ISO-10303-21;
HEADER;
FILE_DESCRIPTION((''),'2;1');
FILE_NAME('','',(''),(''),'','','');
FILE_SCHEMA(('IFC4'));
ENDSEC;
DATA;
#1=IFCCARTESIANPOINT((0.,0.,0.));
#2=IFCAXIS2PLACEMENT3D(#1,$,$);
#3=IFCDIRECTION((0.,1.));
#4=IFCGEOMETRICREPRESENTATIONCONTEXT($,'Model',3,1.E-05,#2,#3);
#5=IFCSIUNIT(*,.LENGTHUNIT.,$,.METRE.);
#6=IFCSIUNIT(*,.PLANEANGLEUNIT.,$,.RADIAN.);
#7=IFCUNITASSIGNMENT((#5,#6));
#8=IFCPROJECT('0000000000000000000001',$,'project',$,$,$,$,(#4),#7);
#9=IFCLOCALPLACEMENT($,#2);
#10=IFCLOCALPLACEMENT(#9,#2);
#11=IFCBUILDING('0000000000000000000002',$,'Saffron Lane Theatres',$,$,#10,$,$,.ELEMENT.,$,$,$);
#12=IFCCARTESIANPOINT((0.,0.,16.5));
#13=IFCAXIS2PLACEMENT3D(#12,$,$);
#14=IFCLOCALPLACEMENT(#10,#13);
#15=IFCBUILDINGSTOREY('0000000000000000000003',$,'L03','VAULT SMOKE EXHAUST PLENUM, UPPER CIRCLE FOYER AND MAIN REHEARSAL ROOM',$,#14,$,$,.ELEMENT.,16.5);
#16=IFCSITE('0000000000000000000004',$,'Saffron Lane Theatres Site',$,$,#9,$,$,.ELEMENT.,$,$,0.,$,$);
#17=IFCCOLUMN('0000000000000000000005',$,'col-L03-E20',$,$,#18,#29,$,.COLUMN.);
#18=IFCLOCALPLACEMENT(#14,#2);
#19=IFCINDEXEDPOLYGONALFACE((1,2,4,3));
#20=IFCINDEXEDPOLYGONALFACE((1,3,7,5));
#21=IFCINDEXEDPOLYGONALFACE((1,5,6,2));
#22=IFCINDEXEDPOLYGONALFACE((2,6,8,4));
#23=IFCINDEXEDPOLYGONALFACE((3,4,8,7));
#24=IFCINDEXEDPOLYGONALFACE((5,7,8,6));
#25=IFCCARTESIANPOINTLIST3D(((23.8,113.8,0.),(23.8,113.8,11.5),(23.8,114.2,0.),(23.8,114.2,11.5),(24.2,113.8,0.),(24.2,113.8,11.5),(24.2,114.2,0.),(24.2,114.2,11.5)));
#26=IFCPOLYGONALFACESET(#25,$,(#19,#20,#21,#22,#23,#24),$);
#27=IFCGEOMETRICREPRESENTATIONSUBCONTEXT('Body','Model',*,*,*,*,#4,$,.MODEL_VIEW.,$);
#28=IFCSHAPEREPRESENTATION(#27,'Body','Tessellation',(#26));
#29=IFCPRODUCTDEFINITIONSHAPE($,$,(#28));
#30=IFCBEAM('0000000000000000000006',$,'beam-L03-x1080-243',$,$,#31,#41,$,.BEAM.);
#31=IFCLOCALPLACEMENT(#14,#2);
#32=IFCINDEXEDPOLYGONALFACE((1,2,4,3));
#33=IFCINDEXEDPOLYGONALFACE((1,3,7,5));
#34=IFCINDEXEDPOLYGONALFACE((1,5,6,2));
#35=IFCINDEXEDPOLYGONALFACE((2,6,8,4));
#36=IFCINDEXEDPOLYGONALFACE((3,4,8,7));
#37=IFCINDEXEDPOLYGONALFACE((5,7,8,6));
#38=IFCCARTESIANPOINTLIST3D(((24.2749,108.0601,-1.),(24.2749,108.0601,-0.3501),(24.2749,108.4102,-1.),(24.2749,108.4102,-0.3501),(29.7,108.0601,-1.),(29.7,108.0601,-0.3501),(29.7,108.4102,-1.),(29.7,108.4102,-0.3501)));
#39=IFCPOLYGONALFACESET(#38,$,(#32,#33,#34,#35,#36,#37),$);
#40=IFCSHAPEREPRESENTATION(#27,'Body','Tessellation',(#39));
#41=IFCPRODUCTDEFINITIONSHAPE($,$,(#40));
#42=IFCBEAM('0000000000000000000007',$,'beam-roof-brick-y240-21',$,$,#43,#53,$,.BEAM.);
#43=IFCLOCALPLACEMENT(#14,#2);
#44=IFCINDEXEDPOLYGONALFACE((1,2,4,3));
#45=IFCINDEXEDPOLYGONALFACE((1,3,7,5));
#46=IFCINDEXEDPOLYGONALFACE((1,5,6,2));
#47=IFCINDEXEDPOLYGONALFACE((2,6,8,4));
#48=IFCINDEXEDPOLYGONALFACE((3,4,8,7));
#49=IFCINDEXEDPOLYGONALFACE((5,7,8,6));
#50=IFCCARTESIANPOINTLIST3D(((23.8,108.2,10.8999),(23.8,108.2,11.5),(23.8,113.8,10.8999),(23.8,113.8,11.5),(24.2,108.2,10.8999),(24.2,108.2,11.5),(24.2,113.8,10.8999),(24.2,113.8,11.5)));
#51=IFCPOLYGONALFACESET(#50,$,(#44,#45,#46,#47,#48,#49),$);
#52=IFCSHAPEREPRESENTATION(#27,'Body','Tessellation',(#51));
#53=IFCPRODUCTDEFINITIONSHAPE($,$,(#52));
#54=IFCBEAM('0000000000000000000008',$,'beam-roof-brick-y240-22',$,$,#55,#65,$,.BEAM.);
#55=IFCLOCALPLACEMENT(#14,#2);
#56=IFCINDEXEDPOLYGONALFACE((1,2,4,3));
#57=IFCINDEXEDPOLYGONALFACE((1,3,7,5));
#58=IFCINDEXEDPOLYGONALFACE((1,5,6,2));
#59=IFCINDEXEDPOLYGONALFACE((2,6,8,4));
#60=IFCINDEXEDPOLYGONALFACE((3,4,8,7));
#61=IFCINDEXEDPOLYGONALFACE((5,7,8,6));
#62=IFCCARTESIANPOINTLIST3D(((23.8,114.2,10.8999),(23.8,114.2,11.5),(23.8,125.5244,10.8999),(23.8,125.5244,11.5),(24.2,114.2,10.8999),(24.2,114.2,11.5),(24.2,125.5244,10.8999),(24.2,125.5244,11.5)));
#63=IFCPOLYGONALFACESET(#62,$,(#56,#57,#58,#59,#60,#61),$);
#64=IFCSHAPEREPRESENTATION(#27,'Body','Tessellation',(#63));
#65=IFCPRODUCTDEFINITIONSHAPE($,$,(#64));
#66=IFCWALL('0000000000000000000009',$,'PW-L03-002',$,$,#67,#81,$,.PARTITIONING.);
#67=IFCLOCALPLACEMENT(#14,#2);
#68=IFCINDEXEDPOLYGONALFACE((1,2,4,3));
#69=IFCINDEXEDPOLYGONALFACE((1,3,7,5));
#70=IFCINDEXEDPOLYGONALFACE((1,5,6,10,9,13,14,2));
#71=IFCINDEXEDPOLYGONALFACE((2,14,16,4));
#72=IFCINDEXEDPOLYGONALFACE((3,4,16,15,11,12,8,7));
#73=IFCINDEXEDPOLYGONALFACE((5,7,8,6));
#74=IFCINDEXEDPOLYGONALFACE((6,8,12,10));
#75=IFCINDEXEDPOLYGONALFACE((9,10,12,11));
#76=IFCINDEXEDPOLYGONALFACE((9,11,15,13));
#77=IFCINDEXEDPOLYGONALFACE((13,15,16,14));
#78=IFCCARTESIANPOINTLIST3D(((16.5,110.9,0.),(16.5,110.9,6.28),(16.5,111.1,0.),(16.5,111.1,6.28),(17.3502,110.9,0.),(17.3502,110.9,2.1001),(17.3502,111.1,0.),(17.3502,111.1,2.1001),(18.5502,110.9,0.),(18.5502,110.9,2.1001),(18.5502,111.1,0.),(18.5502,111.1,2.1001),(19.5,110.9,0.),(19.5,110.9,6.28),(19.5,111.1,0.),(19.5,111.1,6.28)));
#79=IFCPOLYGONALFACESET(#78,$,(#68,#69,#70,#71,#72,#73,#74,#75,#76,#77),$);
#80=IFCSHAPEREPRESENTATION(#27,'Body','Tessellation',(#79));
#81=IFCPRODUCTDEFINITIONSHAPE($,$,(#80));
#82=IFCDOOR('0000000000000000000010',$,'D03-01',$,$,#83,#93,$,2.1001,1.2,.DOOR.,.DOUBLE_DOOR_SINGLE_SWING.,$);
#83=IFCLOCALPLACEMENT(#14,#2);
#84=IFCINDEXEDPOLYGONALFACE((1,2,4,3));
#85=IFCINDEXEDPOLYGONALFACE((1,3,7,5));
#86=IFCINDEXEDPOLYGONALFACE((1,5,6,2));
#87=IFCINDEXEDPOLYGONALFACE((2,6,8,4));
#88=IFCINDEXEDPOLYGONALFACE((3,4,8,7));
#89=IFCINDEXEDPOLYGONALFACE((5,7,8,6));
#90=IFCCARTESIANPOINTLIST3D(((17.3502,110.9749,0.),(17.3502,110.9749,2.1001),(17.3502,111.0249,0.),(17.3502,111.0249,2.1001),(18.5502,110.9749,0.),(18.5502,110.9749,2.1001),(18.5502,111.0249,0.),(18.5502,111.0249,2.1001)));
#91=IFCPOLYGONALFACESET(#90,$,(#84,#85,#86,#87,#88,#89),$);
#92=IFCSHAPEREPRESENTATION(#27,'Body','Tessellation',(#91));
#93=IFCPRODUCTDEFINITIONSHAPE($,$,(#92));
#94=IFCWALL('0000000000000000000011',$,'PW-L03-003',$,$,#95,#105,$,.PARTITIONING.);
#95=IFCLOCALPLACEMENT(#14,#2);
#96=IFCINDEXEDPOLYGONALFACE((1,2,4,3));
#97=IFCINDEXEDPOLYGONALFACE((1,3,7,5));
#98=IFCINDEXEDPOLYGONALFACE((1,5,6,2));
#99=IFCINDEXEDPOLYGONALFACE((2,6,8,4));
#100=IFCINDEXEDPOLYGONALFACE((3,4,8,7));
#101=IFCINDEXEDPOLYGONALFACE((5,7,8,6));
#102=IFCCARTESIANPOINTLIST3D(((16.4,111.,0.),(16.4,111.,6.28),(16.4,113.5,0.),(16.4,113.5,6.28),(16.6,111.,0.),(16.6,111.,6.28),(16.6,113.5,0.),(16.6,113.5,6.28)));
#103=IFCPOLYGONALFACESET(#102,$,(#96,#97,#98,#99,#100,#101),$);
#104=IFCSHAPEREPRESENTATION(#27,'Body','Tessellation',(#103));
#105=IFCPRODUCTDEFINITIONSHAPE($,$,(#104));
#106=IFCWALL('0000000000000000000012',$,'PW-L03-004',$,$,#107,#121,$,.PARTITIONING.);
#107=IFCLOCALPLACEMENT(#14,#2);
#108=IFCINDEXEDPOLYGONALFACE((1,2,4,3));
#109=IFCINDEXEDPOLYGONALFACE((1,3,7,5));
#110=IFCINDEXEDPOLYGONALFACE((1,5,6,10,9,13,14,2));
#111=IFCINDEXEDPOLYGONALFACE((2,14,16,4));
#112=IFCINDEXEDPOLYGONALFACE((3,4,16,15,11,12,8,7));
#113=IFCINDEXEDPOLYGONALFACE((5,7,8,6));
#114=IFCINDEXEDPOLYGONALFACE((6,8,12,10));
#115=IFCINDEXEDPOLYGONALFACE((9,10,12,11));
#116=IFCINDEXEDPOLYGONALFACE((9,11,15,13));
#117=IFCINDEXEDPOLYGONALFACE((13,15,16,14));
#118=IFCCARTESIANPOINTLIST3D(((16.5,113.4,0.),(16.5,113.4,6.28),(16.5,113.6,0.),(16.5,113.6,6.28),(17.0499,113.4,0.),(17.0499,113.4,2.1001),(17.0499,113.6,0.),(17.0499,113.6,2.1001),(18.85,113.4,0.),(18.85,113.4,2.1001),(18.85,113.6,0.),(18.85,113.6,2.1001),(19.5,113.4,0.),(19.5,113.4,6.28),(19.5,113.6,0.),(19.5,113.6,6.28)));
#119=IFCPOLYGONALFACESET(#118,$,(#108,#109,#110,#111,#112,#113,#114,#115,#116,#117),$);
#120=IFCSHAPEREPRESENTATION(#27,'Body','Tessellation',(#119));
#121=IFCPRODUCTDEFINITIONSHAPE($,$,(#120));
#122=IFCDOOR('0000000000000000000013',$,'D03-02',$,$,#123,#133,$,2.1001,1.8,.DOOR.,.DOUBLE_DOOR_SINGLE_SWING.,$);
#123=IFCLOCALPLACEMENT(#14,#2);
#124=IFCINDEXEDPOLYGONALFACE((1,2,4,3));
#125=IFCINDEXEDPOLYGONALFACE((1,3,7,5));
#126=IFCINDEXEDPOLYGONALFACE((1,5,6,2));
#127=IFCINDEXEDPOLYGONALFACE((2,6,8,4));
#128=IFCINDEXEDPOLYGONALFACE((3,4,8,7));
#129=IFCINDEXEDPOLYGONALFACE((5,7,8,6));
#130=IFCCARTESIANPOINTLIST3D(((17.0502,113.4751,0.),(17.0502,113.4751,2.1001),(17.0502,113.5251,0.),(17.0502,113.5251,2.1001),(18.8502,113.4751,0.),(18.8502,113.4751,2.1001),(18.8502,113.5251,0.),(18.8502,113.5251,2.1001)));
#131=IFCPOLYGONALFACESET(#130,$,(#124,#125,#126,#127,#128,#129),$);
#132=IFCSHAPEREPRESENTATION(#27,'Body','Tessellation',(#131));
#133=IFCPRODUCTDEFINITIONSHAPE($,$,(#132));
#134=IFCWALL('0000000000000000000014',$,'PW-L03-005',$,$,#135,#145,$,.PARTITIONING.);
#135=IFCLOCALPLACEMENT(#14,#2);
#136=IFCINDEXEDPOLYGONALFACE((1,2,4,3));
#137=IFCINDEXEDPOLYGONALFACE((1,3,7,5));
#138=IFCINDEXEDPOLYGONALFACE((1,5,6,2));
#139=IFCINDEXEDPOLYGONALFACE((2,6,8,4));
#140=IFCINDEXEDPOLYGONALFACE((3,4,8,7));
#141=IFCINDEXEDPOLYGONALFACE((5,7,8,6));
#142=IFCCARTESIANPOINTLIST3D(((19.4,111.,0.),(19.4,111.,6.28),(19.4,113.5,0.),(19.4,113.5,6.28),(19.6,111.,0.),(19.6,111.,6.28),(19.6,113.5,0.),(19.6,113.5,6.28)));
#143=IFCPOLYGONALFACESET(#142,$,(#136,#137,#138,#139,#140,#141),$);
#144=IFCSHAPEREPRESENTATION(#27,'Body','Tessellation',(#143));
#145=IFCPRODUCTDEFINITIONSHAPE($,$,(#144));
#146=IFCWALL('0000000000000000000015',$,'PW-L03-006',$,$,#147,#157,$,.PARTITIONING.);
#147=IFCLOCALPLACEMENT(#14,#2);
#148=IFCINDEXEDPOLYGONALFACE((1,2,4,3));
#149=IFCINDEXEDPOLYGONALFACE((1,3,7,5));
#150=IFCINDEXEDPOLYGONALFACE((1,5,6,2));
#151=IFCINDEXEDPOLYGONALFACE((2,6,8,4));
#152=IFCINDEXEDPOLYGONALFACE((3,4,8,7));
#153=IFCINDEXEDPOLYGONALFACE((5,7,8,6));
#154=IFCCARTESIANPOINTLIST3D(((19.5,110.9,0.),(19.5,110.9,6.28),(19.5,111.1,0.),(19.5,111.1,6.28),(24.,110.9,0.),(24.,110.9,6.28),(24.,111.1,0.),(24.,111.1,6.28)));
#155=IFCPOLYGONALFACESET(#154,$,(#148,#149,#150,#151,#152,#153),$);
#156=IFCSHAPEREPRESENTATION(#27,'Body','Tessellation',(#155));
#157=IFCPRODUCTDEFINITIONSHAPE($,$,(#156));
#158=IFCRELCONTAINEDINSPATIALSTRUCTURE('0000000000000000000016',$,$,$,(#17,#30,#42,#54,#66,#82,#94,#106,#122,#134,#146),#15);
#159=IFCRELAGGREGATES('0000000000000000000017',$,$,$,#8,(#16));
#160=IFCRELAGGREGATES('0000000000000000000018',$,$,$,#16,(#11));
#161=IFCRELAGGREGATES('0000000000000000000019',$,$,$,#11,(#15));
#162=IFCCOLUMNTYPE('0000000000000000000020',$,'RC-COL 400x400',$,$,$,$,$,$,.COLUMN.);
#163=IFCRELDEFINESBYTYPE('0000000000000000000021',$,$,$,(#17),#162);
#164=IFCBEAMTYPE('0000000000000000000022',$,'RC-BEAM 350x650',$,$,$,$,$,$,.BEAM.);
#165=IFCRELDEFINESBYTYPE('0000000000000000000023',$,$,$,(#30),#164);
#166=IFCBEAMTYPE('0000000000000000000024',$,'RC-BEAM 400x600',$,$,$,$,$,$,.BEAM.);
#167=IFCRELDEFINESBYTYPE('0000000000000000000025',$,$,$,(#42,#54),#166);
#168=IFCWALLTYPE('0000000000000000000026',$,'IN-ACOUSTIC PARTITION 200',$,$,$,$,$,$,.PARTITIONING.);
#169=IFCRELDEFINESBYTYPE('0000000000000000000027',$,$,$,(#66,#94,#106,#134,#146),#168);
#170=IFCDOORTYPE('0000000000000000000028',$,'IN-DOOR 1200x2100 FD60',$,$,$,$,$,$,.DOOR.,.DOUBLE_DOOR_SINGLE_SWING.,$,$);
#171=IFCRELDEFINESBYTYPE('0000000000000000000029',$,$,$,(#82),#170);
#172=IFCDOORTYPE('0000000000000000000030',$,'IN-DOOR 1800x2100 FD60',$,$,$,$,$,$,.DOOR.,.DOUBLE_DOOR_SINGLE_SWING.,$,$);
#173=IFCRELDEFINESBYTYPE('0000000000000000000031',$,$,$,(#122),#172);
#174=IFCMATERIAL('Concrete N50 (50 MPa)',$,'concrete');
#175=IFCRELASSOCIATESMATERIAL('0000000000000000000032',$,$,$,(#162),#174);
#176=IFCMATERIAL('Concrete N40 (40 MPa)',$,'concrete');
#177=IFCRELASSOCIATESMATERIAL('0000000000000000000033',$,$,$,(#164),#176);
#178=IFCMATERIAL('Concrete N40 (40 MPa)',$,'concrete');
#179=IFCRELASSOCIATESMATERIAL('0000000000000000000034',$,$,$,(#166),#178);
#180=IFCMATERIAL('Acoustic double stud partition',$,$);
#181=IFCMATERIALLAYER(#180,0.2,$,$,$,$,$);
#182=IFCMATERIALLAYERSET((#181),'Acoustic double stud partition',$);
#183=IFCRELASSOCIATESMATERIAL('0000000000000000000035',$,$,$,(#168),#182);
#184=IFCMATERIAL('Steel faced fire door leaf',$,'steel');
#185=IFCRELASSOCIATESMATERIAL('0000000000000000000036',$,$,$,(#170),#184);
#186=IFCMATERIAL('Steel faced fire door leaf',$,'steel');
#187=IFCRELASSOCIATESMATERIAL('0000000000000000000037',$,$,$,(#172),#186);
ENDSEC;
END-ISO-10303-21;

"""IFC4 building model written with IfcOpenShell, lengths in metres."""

from ifc_helpers import new_model, si_unit, direction, frame, frame_2d, origin, origin_2d, place, context, subcontext, project, spatial, rectangle, extrude, material, layer, layer_set, material_profile, profile_set, type_object, element, fill, save


model = new_model("IFC4")

# Units and contexts
model_context = context("Model", 3, precision=1e-05, world=origin(), true_north=direction((0.0, 1.0)))
body_context = subcontext(model_context, "Body", "Model", "MODEL_VIEW")
ifc_project = project(units=[si_unit("LENGTHUNIT", "METRE"), si_unit("PLANEANGLEUNIT", "RADIAN")], contexts=[model_context])

# Site, building, storey
site_placement = place(None, origin())
site = spatial("IfcSite", under=ifc_project, at=site_placement, Name="Saffron Lane Theatres Site", CompositionType="ELEMENT", RefElevation=0.0)
building_placement = place(site_placement, origin())
building = spatial("IfcBuilding", under=site, at=building_placement, Name="Saffron Lane Theatres", CompositionType="ELEMENT")
storey_placement = place(building_placement, frame((0.0, 0.0, 16.5)))
storey = spatial("IfcBuildingStorey", under=building, at=storey_placement, Name="L03", Description="VAULT SMOKE EXHAUST PLENUM, UPPER CIRCLE FOYER AND MAIN REHEARSAL ROOM", CompositionType="ELEMENT", Elevation=16.5)

# Column
ifc_material_1 = material(Name="Concrete N50 (50 MPa)", Category="concrete")
ifc_material_profile_1 = material_profile(ifc_material_1, rectangle(XDim=0.3999, YDim=0.3999, at=origin_2d()))
ifc_profile_set_1 = profile_set([ifc_material_profile_1], Name="Concrete N50 (50 MPa)")
column_type = type_object("IfcColumnType", Name="RC-COL 400x400", PredefinedType="COLUMN", material=ifc_profile_set_1)
column_placement = place(storey_placement, frame((24.0, 114.0, 0.0), z_axis=(0.0, 0.0, 1.0), x_axis=(1.0, 0.0, 0.0)))
element("IfcColumn", 1, at=column_placement, inside=storey, type_object=column_type, Name="col-L03-E20", PredefinedType="COLUMN", context=body_context, shape_type="SweptSolid", body=[
    extrude(rectangle(XDim=0.3999, YDim=0.3999, at=origin_2d()), origin(), (0.0, 0.0, 1.0), 11.5),
])

# Beams
ifc_material_2 = material(Name="Concrete N40 (40 MPa)", Category="concrete")
ifc_material_profile_2 = material_profile(ifc_material_2, rectangle(XDim=0.3501, YDim=0.6499, at=origin_2d()))
ifc_profile_set_2 = profile_set([ifc_material_profile_2], Name="Concrete N40 (40 MPa)")
beam_type_1 = type_object("IfcBeamType", Name="RC-BEAM 350x650", PredefinedType="BEAM", material=ifc_profile_set_2)
beam_1_placement = place(storey_placement, frame((24.2749, 108.2351, -0.675), z_axis=(1.0, 0.0, 0.0), x_axis=(0.0, 1.0, 0.0)))
element("IfcBeam", 2, at=beam_1_placement, inside=storey, type_object=beam_type_1, Name="beam-L03-x1080-243", PredefinedType="BEAM", context=body_context, shape_type="SweptSolid", body=[
    extrude(rectangle(XDim=0.3501, YDim=0.6499, at=origin_2d()), origin(), (0.0, 0.0, 1.0), 5.425),
])
ifc_material_3 = material(Name="Concrete N40 (40 MPa)", Category="concrete")
ifc_material_profile_3 = material_profile(ifc_material_3, rectangle(XDim=0.3999, YDim=0.6001, at=origin_2d()))
ifc_profile_set_3 = profile_set([ifc_material_profile_3], Name="Concrete N40 (40 MPa)")
beam_type_2 = type_object("IfcBeamType", Name="RC-BEAM 400x600", PredefinedType="BEAM", material=ifc_profile_set_3)
beam_2_placement = place(storey_placement, frame((24.0, 108.2, 11.2), z_axis=(0.0, 1.0, 0.0), x_axis=(-1.0, 0.0, 0.0)))
element("IfcBeam", 3, at=beam_2_placement, inside=storey, type_object=beam_type_2, Name="beam-roof-brick-y240-21", PredefinedType="BEAM", context=body_context, shape_type="SweptSolid", body=[
    extrude(rectangle(XDim=0.3999, YDim=0.6001, at=origin_2d()), origin(), (0.0, 0.0, 1.0), 5.6001),
])
beam_3_placement = place(storey_placement, frame((24.0, 114.2, 11.2), z_axis=(0.0, 1.0, 0.0), x_axis=(-1.0, 0.0, 0.0)))
element("IfcBeam", 4, at=beam_3_placement, inside=storey, type_object=beam_type_2, Name="beam-roof-brick-y240-22", PredefinedType="BEAM", context=body_context, shape_type="SweptSolid", body=[
    extrude(rectangle(XDim=0.3999, YDim=0.6001, at=origin_2d()), origin(), (0.0, 0.0, 1.0), 11.3245),
])

# Wall, opening, door
ifc_material_4 = material(Name="Acoustic double stud partition")
ifc_layer_1 = layer(ifc_material_4, 0.2)
ifc_layer_set_1 = layer_set([ifc_layer_1], Name="Acoustic double stud partition")
wall_type_1 = type_object("IfcWallType", Name="IN-ACOUSTIC PARTITION 200", PredefinedType="PARTITIONING", material=ifc_layer_set_1)
wall_1_placement = place(storey_placement, frame((16.5, 111.0, 0.0), z_axis=(0.0, 0.0, 1.0), x_axis=(1.0, 0.0, 0.0)))
wall_1 = element("IfcWall", 5, at=wall_1_placement, inside=storey, type_object=wall_type_1, Name="PW-L03-002", PredefinedType="PARTITIONING", context=body_context, shape_type="SweptSolid", body=[
    extrude(rectangle(XDim=3.0, YDim=0.2, at=frame_2d((1.5, 0.0))), origin(), (0.0, 0.0, 1.0), 6.28),
])
opening_1_placement = place(wall_1_placement, frame((0.8501, 0.0, 0.0)))
opening_1 = element("IfcOpeningElement", 6, at=opening_1_placement, cuts=wall_1, PredefinedType="OPENING", context=body_context, shape_type="SweptSolid", body=[
    extrude(rectangle(XDim=1.2, YDim=2.1001, at=frame_2d((0.6001, 1.05))), frame((0.0, 0.1099, 0.0), z_axis=(0.0, -1.0, 0.0), x_axis=(1.0, 0.0, 0.0)), (0.0, 0.0, 1.0), 0.22),
])
ifc_material_5 = material(Name="Steel faced fire door leaf", Category="steel")
door_type_1 = type_object("IfcDoorType", Name="IN-DOOR 1200x2100 FD60", OperationType="DOUBLE_DOOR_SINGLE_SWING", PredefinedType="DOOR", material=ifc_material_5)
door_1_placement = place(opening_1_placement, origin())
door_1 = element("IfcDoor", 7, at=door_1_placement, inside=storey, type_object=door_type_1, Name="D03-01", OperationType="DOUBLE_DOOR_SINGLE_SWING", OverallHeight=2.1001, OverallWidth=1.2, PredefinedType="DOOR", context=body_context, shape_type="SweptSolid", body=[
    extrude(rectangle(XDim=1.2, YDim=2.1001, at=frame_2d((0.6001, 1.05))), frame((0.0, 0.0249, 0.0), z_axis=(0.0, -1.0, 0.0), x_axis=(1.0, 0.0, 0.0)), (0.0, 0.0, 1.0), 0.05),
])
fill(opening_1, door_1)

# Wall
wall_2_placement = place(storey_placement, frame((16.5, 111.0, 0.0), z_axis=(0.0, 0.0, 1.0), x_axis=(0.0, 1.0, 0.0)))
element("IfcWall", 8, at=wall_2_placement, inside=storey, type_object=wall_type_1, Name="PW-L03-003", PredefinedType="PARTITIONING", context=body_context, shape_type="SweptSolid", body=[
    extrude(rectangle(XDim=2.5, YDim=0.2, at=frame_2d((1.25, 0.0))), origin(), (0.0, 0.0, 1.0), 6.28),
])

# Wall, opening, door
wall_3_placement = place(storey_placement, frame((16.5, 113.5, 0.0), z_axis=(0.0, 0.0, 1.0), x_axis=(1.0, 0.0, 0.0)))
wall_3 = element("IfcWall", 9, at=wall_3_placement, inside=storey, type_object=wall_type_1, Name="PW-L03-004", PredefinedType="PARTITIONING", context=body_context, shape_type="SweptSolid", body=[
    extrude(rectangle(XDim=3.0, YDim=0.2, at=frame_2d((1.5, 0.0))), origin(), (0.0, 0.0, 1.0), 6.28),
])
opening_2_placement = place(wall_3_placement, frame((0.55, 0.0, 0.0)))
opening_2 = element("IfcOpeningElement", 10, at=opening_2_placement, cuts=wall_3, PredefinedType="OPENING", context=body_context, shape_type="SweptSolid", body=[
    extrude(rectangle(XDim=1.8, YDim=2.1001, at=frame_2d((0.8999, 1.05))), frame((0.0, 0.1099, 0.0), z_axis=(0.0, -1.0, 0.0), x_axis=(1.0, 0.0, 0.0)), (0.0, 0.0, 1.0), 0.22),
])
ifc_material_6 = material(Name="Steel faced fire door leaf", Category="steel")
door_type_2 = type_object("IfcDoorType", Name="IN-DOOR 1800x2100 FD60", OperationType="DOUBLE_DOOR_SINGLE_SWING", PredefinedType="DOOR", material=ifc_material_6)
door_2_placement = place(opening_2_placement, frame((1.8, 0.0, 0.0), z_axis=(0.0, 0.0, 1.0), x_axis=(-1.0, 0.0, 0.0)))
door_2 = element("IfcDoor", 11, at=door_2_placement, inside=storey, type_object=door_type_2, Name="D03-02", OperationType="DOUBLE_DOOR_SINGLE_SWING", OverallHeight=2.1001, OverallWidth=1.8, PredefinedType="DOOR", context=body_context, shape_type="SweptSolid", body=[
    extrude(rectangle(XDim=1.8, YDim=2.1001, at=frame_2d((0.8999, 1.05))), frame((0.0, 0.0249, 0.0), z_axis=(0.0, -1.0, 0.0), x_axis=(1.0, 0.0, 0.0)), (0.0, 0.0, 1.0), 0.05),
])
fill(opening_2, door_2)

# Walls
wall_4_placement = place(storey_placement, frame((19.5, 111.0, 0.0), z_axis=(0.0, 0.0, 1.0), x_axis=(0.0, 1.0, 0.0)))
element("IfcWall", 12, at=wall_4_placement, inside=storey, type_object=wall_type_1, Name="PW-L03-005", PredefinedType="PARTITIONING", context=body_context, shape_type="SweptSolid", body=[
    extrude(rectangle(XDim=2.5, YDim=0.2, at=frame_2d((1.25, 0.0))), origin(), (0.0, 0.0, 1.0), 6.28),
])
wall_5_placement = place(storey_placement, frame((19.5, 111.0, 0.0), z_axis=(0.0, 0.0, 1.0), x_axis=(1.0, 0.0, 0.0)))
element("IfcWall", 13, at=wall_5_placement, inside=storey, type_object=wall_type_1, Name="PW-L03-006", PredefinedType="PARTITIONING", context=body_context, shape_type="SweptSolid", body=[
    extrude(rectangle(XDim=4.5, YDim=0.2, at=frame_2d((2.25, 0.0))), origin(), (0.0, 0.0, 1.0), 6.28),
])

save(model, "model.ifc")
